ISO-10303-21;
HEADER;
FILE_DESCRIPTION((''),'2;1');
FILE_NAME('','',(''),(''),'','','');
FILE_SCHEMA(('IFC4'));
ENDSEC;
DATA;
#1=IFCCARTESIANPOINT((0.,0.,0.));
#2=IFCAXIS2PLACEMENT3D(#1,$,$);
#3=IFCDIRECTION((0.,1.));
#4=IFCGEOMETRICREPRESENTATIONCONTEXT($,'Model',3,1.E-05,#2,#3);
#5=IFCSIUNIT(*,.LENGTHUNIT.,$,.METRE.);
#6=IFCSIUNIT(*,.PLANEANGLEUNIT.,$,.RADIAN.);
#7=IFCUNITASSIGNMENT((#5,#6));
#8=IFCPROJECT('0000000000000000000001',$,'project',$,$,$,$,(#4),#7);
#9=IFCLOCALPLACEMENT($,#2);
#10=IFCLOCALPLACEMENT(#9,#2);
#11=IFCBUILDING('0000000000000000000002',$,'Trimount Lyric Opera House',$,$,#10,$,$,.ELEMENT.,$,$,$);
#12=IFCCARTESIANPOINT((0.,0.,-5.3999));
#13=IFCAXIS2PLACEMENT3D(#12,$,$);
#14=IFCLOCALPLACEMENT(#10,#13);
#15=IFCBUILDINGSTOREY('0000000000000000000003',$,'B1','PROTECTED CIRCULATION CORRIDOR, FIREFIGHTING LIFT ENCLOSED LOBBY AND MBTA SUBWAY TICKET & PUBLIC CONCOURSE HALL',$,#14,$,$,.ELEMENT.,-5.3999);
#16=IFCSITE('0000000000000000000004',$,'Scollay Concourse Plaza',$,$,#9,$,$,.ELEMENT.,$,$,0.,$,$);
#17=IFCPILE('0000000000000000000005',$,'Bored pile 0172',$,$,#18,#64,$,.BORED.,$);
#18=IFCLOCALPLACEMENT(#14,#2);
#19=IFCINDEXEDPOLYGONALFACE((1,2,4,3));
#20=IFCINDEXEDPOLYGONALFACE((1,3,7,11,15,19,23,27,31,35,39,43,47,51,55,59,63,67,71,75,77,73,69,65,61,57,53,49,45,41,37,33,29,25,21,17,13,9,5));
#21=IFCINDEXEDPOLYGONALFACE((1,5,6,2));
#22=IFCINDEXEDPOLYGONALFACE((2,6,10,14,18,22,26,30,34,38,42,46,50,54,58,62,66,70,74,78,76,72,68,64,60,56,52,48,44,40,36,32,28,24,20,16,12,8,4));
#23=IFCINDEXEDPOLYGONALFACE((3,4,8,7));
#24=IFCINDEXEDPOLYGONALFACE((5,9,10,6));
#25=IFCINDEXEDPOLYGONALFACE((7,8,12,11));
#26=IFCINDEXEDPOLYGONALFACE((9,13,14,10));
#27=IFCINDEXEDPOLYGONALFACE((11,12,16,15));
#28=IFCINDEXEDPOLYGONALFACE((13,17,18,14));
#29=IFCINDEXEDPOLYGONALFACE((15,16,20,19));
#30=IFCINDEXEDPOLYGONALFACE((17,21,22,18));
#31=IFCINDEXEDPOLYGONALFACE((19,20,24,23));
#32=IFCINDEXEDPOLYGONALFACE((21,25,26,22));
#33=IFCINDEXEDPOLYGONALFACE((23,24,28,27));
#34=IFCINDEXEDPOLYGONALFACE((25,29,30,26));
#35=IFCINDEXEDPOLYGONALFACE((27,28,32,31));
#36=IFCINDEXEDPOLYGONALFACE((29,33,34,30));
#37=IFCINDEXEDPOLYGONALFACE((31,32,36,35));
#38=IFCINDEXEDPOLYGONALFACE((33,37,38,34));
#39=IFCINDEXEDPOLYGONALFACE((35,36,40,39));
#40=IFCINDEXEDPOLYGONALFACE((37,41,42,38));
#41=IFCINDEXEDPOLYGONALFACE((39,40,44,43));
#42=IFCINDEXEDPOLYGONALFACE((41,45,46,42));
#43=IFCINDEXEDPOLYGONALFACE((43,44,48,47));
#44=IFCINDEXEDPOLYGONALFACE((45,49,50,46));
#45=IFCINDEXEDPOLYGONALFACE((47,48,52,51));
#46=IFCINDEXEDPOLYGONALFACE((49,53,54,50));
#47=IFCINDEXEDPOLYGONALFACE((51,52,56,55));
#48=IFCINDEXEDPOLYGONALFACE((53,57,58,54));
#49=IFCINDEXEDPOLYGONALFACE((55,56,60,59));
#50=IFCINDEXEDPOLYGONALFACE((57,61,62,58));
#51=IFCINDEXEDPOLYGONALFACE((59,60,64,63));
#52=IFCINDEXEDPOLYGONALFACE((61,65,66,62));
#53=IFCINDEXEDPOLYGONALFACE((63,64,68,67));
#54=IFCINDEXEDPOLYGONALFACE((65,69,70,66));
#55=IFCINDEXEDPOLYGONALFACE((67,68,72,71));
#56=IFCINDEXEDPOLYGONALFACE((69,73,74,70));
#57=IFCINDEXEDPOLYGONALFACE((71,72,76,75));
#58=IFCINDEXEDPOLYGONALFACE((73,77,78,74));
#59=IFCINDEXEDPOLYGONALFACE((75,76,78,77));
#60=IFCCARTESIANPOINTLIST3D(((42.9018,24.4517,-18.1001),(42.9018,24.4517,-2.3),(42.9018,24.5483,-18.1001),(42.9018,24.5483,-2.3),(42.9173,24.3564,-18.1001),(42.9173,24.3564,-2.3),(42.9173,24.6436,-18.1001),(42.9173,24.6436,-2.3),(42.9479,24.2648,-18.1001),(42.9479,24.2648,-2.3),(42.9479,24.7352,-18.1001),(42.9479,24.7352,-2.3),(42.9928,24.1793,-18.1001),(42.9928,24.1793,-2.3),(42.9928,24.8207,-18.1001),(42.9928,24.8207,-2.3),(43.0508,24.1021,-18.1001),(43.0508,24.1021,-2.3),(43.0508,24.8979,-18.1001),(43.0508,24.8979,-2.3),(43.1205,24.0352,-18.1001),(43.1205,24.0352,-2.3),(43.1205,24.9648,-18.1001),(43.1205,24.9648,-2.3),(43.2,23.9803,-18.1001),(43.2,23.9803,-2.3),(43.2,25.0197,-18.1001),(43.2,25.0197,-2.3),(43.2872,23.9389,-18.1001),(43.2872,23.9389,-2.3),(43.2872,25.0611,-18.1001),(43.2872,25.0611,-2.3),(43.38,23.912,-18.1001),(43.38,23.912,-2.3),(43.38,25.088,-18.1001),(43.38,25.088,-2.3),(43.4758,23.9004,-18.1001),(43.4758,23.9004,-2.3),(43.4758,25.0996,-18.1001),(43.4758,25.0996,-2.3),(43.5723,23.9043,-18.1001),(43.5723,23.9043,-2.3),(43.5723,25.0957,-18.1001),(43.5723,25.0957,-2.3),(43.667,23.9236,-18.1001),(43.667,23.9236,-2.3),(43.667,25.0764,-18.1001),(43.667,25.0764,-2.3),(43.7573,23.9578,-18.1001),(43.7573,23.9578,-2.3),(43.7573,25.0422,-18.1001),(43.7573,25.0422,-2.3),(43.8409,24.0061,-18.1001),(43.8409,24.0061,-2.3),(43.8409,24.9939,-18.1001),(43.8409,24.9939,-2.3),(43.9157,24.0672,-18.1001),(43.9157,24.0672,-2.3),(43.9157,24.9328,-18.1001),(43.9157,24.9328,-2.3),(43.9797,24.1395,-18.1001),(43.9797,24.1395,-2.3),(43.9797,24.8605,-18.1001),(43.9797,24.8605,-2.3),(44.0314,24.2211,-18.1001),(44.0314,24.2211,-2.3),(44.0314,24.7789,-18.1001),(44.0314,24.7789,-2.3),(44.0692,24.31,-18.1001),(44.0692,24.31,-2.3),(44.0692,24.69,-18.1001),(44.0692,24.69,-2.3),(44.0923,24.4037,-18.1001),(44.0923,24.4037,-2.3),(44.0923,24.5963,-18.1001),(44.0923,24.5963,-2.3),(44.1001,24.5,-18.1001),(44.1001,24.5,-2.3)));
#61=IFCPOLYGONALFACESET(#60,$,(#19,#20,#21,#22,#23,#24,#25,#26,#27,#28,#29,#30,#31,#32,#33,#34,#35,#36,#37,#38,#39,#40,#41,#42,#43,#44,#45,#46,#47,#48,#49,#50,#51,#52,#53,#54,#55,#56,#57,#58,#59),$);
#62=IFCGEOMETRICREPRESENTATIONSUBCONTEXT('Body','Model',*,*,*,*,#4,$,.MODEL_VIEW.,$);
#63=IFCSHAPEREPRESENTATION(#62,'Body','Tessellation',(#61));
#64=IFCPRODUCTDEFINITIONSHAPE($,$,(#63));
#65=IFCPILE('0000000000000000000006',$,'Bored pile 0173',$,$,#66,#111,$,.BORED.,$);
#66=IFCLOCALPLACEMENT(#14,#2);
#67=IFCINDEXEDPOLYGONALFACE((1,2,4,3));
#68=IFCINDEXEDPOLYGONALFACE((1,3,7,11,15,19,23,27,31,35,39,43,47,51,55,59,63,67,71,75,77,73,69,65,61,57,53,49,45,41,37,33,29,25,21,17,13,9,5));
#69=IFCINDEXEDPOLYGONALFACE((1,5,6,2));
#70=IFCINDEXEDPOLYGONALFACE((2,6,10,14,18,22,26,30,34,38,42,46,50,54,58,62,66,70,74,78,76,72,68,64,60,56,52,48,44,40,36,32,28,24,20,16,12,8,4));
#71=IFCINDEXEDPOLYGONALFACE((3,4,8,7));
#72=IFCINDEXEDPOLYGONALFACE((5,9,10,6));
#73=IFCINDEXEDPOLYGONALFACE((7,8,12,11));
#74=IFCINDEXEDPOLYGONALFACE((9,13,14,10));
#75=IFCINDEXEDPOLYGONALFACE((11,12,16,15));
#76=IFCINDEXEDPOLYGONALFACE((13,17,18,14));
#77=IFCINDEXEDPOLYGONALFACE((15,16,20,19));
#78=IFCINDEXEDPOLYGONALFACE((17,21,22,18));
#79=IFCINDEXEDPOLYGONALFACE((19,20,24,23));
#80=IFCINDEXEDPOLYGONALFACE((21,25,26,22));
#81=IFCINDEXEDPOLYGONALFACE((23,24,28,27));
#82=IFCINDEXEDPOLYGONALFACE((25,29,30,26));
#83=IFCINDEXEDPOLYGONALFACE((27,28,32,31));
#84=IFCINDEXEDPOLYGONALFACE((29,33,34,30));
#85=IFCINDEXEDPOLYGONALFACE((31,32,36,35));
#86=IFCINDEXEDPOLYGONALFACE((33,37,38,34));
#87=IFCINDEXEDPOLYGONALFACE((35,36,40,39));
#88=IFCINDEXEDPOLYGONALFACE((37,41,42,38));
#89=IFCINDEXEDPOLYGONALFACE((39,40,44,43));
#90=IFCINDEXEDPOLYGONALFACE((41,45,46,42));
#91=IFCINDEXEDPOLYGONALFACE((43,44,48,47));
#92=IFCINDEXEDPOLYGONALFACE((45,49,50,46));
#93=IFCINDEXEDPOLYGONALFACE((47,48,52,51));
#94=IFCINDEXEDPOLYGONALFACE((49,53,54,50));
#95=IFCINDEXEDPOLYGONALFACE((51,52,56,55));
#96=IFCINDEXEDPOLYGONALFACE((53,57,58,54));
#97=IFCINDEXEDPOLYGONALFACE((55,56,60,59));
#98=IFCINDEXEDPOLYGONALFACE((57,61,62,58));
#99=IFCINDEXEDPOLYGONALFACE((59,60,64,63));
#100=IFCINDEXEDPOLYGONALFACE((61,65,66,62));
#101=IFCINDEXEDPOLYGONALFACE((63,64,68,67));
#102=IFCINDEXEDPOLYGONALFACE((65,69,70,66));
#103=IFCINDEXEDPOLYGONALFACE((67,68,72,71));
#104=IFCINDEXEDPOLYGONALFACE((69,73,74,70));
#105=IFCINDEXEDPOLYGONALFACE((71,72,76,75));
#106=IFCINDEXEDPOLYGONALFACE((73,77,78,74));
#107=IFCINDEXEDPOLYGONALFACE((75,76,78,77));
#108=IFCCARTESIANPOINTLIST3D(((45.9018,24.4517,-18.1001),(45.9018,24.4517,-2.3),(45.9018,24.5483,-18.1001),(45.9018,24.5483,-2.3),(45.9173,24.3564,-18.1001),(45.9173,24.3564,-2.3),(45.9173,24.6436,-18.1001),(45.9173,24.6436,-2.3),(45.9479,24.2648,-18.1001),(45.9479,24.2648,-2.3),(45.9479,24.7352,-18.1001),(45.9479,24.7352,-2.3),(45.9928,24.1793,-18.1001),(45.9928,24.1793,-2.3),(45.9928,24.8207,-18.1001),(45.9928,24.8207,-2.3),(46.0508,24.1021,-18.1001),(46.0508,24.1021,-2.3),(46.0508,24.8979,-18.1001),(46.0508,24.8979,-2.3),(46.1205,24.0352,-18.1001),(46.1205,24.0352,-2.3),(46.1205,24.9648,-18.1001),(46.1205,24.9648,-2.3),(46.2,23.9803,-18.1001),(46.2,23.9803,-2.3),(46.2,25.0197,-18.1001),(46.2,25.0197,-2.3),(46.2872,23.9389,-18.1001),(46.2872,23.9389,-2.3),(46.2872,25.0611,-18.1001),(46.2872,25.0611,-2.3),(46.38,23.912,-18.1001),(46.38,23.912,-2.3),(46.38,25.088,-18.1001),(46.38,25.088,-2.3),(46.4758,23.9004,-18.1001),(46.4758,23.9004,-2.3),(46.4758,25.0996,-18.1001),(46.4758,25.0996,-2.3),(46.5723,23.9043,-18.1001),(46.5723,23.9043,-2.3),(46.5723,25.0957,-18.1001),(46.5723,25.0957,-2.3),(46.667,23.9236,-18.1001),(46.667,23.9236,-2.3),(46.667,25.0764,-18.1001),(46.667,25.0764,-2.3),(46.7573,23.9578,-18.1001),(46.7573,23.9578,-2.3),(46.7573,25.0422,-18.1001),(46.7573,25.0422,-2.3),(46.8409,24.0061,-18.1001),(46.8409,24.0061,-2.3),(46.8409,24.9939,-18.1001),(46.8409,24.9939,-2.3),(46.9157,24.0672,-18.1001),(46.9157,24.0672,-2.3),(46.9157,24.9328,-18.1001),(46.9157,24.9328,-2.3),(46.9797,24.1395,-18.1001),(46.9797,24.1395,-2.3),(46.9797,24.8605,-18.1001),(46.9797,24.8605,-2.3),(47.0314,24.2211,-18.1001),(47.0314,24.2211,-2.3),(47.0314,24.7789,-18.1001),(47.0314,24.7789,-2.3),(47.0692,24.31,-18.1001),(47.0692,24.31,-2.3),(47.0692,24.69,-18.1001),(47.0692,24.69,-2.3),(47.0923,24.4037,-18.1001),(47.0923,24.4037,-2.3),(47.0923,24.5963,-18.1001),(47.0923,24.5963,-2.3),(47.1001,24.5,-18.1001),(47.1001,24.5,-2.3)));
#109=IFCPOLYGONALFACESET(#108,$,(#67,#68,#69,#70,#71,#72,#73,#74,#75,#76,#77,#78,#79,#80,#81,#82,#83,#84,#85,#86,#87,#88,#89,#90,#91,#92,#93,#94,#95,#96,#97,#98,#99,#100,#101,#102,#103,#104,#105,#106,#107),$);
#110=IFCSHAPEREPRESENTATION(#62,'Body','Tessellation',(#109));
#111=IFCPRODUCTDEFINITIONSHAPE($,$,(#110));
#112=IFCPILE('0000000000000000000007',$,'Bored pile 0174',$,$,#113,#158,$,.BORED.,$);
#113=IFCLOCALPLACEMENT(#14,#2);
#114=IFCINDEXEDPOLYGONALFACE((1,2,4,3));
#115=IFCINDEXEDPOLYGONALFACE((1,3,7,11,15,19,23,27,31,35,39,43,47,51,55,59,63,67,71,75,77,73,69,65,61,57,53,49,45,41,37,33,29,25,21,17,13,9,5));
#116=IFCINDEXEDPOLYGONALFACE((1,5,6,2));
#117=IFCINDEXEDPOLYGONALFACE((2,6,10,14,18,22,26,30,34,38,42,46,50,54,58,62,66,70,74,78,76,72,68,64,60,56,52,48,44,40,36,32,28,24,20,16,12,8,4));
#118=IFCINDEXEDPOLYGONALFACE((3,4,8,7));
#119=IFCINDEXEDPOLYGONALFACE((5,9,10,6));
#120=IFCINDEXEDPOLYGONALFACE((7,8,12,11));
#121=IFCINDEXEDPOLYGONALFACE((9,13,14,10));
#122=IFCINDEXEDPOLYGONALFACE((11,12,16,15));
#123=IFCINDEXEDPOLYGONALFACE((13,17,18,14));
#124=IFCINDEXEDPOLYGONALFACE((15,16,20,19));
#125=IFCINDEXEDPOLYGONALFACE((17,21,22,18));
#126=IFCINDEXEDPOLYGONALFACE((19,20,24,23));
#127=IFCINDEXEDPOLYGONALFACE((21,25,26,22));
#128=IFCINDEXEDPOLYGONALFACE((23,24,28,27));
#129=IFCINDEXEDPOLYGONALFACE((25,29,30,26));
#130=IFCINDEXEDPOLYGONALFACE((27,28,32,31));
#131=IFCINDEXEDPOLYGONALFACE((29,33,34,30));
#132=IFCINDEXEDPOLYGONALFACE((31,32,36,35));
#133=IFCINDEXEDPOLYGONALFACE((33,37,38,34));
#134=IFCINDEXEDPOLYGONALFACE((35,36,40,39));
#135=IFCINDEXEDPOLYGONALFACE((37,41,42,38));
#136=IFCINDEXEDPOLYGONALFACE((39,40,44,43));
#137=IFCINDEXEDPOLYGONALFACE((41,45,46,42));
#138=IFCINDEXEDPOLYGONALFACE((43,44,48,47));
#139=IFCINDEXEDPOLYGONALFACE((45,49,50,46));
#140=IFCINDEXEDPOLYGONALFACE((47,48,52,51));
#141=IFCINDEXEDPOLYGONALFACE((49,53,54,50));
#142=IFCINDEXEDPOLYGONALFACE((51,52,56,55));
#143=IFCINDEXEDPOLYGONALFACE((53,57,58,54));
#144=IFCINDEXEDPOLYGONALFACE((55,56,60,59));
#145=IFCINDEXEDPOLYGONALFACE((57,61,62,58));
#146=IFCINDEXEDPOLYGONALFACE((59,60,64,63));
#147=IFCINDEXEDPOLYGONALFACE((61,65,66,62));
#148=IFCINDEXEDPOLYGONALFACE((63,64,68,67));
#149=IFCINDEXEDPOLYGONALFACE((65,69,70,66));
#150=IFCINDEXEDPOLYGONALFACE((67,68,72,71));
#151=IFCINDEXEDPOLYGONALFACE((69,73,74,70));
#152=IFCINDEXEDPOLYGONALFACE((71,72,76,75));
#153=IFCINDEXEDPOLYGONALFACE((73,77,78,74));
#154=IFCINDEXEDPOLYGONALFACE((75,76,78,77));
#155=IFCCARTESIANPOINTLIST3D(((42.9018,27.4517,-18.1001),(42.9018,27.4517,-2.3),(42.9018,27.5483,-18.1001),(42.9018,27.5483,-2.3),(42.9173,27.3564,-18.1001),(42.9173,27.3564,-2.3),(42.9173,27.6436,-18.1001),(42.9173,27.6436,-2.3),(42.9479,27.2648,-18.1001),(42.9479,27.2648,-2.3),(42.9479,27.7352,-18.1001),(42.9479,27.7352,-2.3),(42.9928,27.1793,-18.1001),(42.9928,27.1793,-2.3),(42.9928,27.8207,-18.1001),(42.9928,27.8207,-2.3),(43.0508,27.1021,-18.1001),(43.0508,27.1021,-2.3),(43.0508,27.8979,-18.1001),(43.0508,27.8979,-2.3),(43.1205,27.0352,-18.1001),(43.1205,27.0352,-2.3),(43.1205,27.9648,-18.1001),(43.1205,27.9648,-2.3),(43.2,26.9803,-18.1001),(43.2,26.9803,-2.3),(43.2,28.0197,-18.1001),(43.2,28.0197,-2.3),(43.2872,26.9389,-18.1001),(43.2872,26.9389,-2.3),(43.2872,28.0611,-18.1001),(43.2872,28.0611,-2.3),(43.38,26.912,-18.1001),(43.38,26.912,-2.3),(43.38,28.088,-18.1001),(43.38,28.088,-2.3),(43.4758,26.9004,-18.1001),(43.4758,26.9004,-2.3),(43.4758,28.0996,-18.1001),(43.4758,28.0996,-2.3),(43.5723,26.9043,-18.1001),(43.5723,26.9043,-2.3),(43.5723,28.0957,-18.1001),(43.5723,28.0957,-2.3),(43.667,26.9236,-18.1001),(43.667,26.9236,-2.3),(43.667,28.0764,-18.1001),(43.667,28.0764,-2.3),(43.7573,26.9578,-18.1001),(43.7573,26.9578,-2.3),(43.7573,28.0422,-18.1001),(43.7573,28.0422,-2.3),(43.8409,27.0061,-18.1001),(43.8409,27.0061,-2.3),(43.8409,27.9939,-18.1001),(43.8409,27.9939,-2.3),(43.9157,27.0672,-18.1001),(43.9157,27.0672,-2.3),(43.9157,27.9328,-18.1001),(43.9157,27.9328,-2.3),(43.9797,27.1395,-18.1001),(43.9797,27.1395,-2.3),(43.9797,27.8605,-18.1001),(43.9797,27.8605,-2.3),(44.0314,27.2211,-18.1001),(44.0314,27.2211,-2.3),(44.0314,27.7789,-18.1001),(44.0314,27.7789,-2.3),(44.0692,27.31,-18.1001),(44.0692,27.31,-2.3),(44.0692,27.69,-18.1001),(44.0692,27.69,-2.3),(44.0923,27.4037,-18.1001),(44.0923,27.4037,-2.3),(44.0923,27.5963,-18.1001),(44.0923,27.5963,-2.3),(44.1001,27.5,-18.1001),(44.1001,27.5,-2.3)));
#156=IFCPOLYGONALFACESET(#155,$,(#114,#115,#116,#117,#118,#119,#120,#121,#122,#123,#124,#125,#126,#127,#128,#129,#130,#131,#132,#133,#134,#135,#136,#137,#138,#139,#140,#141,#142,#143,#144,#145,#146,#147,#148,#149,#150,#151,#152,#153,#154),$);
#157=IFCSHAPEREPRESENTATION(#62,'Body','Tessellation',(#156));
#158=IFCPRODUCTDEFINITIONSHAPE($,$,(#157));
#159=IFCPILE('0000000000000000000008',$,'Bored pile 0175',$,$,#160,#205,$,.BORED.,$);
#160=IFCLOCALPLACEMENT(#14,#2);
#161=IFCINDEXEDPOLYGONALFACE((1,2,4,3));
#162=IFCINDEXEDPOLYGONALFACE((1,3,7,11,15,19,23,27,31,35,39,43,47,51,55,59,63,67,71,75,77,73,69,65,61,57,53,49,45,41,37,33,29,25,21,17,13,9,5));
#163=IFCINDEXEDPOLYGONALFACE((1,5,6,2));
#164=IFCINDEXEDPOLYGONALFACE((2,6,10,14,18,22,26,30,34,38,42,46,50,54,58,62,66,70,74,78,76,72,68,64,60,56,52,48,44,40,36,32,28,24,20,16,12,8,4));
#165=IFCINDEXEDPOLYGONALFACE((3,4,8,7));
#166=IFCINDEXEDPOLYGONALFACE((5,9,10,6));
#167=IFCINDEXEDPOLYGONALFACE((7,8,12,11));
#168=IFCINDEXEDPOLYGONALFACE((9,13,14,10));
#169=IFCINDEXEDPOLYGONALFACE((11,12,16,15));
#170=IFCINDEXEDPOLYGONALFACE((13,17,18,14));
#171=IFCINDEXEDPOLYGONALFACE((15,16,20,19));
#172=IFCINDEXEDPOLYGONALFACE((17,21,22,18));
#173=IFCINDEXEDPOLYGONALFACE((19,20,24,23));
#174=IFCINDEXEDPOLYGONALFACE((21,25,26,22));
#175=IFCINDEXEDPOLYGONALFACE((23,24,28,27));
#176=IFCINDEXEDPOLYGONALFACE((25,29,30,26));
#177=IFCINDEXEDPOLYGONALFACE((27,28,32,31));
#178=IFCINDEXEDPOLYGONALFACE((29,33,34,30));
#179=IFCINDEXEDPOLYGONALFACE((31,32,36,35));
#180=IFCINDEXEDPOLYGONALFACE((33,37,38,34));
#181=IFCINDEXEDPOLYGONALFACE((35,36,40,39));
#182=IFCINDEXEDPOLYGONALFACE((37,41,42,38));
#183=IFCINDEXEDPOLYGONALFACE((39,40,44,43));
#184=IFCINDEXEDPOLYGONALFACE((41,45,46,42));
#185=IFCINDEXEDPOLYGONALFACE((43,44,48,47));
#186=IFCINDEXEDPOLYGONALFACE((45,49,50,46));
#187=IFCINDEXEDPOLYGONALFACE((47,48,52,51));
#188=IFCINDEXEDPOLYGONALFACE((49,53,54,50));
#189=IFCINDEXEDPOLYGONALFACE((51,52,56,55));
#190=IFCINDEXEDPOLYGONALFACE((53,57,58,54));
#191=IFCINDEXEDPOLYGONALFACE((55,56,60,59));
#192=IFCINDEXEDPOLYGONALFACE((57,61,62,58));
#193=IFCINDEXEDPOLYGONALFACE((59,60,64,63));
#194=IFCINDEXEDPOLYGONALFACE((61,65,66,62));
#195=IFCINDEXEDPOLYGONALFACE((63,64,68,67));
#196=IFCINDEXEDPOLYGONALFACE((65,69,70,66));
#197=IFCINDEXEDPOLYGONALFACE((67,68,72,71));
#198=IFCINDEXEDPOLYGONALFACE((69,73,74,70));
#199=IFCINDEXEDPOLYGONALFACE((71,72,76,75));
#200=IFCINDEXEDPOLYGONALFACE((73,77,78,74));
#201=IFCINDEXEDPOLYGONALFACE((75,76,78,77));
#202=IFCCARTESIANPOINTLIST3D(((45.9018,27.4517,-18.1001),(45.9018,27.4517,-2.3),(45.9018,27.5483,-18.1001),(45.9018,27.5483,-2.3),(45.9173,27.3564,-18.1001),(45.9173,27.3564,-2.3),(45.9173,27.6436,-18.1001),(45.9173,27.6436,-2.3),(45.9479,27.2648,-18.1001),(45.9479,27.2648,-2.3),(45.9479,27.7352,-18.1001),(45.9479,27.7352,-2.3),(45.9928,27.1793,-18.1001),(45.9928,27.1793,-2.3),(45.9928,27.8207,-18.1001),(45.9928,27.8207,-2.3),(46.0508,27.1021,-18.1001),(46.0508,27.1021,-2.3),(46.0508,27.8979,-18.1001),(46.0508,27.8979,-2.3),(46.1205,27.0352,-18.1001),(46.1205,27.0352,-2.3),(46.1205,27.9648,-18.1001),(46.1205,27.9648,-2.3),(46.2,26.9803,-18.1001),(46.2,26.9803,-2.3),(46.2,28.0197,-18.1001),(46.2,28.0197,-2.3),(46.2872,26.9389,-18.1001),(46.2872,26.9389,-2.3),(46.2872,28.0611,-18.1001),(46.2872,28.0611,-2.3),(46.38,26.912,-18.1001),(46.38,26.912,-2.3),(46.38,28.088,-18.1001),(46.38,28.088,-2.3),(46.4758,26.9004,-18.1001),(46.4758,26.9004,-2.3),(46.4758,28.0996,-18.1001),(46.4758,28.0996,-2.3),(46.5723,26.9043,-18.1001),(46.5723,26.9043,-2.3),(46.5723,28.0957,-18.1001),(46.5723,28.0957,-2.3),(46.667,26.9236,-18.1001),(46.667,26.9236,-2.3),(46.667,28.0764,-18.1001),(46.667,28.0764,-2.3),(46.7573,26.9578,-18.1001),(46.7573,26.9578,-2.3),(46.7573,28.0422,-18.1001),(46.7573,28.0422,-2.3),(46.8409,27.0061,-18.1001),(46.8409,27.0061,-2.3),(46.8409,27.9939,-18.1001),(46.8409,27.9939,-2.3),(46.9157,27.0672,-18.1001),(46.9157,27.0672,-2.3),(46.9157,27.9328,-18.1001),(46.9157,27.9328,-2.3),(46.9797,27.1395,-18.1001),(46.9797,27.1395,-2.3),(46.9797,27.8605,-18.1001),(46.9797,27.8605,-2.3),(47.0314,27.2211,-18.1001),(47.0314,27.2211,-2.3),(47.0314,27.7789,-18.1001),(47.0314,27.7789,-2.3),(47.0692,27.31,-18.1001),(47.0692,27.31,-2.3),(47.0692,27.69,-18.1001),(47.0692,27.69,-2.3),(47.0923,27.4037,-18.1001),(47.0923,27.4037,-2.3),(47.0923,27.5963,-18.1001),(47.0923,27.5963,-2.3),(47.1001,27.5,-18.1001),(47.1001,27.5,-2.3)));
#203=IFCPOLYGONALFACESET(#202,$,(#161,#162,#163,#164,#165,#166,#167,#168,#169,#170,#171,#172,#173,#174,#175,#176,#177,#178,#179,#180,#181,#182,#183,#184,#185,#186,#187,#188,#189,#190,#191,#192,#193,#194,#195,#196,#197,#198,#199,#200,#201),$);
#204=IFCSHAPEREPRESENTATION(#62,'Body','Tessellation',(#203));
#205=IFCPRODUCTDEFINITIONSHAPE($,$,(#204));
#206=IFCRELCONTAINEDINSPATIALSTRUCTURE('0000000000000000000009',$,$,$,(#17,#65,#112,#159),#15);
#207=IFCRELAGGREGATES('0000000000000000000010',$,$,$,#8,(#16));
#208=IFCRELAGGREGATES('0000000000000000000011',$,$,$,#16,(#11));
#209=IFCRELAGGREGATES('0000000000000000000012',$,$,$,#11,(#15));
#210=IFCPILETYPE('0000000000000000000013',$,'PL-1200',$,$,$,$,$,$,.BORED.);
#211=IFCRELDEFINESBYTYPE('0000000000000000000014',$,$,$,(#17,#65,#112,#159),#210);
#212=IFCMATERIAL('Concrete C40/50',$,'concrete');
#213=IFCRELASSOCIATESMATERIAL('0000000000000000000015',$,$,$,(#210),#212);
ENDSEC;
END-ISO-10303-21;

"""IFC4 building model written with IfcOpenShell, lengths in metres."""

from ifc_helpers import new_model, si_unit, direction, frame, origin, origin_2d, place, context, subcontext, project, spatial, circle, extrude, material, material_profile, profile_set, type_object, element, save


model = new_model("IFC4")

# Units and contexts
model_context = context("Model", 3, precision=1e-05, world=origin(), true_north=direction((0.0, 1.0)))
body_context = subcontext(model_context, "Body", "Model", "MODEL_VIEW")
ifc_project = project(units=[si_unit("LENGTHUNIT", "METRE"), si_unit("PLANEANGLEUNIT", "RADIAN")], contexts=[model_context])

# Site, building, storey
site_placement = place(None, origin())
site = spatial("IfcSite", under=ifc_project, at=site_placement, Name="Scollay Concourse Plaza", CompositionType="ELEMENT", RefElevation=0.0)
building_placement = place(site_placement, origin())
building = spatial("IfcBuilding", under=site, at=building_placement, Name="Trimount Lyric Opera House", CompositionType="ELEMENT")
storey_placement = place(building_placement, frame((0.0, 0.0, -5.3999)))
storey = spatial("IfcBuildingStorey", under=building, at=storey_placement, Name="B1", Description="PROTECTED CIRCULATION CORRIDOR, FIREFIGHTING LIFT ENCLOSED LOBBY AND MBTA SUBWAY TICKET & PUBLIC CONCOURSE HALL", CompositionType="ELEMENT", Elevation=-5.3999)

# Piles
ifc_material_1 = material(Name="Concrete C40/50", Category="concrete")
ifc_material_profile_1 = material_profile(ifc_material_1, circle(Radius=0.6001, at=origin_2d()), Name="PILE-D1200")
ifc_profile_set_1 = profile_set([ifc_material_profile_1], Name="Concrete C40/50")
pile_type_1 = type_object("IfcPileType", Name="PL-1200", PredefinedType="BORED", material=ifc_profile_set_1)
for number, where, z_axis, x_axis, name in (
    (1, (43.5, 24.5, -2.3), (0.0, 0.0, -1.0), (1.0, 0.0, 0.0), "Bored pile 0172"),
    (2, (46.5, 24.5, -2.3), (0.0, 0.0, -1.0), (1.0, 0.0, 0.0), "Bored pile 0173"),
    (3, (43.5, 27.5, -2.3), (0.0, 0.0, -1.0), (1.0, 0.0, 0.0), "Bored pile 0174"),
    (4, (46.5, 27.5, -2.3), (0.0, 0.0, -1.0), (1.0, 0.0, 0.0), "Bored pile 0175"),
):
    element("IfcPile", number, at=place(storey_placement, frame(where, z_axis=z_axis, x_axis=x_axis)), inside=storey, type_object=pile_type_1, Name=name, PredefinedType="BORED", context=body_context, shape_type="SweptSolid", body=[
        extrude(circle(Radius=0.6001, at=origin_2d()), origin(), (0.0, 0.0, 1.0), 15.8),
    ])

save(model, "model.ifc")
